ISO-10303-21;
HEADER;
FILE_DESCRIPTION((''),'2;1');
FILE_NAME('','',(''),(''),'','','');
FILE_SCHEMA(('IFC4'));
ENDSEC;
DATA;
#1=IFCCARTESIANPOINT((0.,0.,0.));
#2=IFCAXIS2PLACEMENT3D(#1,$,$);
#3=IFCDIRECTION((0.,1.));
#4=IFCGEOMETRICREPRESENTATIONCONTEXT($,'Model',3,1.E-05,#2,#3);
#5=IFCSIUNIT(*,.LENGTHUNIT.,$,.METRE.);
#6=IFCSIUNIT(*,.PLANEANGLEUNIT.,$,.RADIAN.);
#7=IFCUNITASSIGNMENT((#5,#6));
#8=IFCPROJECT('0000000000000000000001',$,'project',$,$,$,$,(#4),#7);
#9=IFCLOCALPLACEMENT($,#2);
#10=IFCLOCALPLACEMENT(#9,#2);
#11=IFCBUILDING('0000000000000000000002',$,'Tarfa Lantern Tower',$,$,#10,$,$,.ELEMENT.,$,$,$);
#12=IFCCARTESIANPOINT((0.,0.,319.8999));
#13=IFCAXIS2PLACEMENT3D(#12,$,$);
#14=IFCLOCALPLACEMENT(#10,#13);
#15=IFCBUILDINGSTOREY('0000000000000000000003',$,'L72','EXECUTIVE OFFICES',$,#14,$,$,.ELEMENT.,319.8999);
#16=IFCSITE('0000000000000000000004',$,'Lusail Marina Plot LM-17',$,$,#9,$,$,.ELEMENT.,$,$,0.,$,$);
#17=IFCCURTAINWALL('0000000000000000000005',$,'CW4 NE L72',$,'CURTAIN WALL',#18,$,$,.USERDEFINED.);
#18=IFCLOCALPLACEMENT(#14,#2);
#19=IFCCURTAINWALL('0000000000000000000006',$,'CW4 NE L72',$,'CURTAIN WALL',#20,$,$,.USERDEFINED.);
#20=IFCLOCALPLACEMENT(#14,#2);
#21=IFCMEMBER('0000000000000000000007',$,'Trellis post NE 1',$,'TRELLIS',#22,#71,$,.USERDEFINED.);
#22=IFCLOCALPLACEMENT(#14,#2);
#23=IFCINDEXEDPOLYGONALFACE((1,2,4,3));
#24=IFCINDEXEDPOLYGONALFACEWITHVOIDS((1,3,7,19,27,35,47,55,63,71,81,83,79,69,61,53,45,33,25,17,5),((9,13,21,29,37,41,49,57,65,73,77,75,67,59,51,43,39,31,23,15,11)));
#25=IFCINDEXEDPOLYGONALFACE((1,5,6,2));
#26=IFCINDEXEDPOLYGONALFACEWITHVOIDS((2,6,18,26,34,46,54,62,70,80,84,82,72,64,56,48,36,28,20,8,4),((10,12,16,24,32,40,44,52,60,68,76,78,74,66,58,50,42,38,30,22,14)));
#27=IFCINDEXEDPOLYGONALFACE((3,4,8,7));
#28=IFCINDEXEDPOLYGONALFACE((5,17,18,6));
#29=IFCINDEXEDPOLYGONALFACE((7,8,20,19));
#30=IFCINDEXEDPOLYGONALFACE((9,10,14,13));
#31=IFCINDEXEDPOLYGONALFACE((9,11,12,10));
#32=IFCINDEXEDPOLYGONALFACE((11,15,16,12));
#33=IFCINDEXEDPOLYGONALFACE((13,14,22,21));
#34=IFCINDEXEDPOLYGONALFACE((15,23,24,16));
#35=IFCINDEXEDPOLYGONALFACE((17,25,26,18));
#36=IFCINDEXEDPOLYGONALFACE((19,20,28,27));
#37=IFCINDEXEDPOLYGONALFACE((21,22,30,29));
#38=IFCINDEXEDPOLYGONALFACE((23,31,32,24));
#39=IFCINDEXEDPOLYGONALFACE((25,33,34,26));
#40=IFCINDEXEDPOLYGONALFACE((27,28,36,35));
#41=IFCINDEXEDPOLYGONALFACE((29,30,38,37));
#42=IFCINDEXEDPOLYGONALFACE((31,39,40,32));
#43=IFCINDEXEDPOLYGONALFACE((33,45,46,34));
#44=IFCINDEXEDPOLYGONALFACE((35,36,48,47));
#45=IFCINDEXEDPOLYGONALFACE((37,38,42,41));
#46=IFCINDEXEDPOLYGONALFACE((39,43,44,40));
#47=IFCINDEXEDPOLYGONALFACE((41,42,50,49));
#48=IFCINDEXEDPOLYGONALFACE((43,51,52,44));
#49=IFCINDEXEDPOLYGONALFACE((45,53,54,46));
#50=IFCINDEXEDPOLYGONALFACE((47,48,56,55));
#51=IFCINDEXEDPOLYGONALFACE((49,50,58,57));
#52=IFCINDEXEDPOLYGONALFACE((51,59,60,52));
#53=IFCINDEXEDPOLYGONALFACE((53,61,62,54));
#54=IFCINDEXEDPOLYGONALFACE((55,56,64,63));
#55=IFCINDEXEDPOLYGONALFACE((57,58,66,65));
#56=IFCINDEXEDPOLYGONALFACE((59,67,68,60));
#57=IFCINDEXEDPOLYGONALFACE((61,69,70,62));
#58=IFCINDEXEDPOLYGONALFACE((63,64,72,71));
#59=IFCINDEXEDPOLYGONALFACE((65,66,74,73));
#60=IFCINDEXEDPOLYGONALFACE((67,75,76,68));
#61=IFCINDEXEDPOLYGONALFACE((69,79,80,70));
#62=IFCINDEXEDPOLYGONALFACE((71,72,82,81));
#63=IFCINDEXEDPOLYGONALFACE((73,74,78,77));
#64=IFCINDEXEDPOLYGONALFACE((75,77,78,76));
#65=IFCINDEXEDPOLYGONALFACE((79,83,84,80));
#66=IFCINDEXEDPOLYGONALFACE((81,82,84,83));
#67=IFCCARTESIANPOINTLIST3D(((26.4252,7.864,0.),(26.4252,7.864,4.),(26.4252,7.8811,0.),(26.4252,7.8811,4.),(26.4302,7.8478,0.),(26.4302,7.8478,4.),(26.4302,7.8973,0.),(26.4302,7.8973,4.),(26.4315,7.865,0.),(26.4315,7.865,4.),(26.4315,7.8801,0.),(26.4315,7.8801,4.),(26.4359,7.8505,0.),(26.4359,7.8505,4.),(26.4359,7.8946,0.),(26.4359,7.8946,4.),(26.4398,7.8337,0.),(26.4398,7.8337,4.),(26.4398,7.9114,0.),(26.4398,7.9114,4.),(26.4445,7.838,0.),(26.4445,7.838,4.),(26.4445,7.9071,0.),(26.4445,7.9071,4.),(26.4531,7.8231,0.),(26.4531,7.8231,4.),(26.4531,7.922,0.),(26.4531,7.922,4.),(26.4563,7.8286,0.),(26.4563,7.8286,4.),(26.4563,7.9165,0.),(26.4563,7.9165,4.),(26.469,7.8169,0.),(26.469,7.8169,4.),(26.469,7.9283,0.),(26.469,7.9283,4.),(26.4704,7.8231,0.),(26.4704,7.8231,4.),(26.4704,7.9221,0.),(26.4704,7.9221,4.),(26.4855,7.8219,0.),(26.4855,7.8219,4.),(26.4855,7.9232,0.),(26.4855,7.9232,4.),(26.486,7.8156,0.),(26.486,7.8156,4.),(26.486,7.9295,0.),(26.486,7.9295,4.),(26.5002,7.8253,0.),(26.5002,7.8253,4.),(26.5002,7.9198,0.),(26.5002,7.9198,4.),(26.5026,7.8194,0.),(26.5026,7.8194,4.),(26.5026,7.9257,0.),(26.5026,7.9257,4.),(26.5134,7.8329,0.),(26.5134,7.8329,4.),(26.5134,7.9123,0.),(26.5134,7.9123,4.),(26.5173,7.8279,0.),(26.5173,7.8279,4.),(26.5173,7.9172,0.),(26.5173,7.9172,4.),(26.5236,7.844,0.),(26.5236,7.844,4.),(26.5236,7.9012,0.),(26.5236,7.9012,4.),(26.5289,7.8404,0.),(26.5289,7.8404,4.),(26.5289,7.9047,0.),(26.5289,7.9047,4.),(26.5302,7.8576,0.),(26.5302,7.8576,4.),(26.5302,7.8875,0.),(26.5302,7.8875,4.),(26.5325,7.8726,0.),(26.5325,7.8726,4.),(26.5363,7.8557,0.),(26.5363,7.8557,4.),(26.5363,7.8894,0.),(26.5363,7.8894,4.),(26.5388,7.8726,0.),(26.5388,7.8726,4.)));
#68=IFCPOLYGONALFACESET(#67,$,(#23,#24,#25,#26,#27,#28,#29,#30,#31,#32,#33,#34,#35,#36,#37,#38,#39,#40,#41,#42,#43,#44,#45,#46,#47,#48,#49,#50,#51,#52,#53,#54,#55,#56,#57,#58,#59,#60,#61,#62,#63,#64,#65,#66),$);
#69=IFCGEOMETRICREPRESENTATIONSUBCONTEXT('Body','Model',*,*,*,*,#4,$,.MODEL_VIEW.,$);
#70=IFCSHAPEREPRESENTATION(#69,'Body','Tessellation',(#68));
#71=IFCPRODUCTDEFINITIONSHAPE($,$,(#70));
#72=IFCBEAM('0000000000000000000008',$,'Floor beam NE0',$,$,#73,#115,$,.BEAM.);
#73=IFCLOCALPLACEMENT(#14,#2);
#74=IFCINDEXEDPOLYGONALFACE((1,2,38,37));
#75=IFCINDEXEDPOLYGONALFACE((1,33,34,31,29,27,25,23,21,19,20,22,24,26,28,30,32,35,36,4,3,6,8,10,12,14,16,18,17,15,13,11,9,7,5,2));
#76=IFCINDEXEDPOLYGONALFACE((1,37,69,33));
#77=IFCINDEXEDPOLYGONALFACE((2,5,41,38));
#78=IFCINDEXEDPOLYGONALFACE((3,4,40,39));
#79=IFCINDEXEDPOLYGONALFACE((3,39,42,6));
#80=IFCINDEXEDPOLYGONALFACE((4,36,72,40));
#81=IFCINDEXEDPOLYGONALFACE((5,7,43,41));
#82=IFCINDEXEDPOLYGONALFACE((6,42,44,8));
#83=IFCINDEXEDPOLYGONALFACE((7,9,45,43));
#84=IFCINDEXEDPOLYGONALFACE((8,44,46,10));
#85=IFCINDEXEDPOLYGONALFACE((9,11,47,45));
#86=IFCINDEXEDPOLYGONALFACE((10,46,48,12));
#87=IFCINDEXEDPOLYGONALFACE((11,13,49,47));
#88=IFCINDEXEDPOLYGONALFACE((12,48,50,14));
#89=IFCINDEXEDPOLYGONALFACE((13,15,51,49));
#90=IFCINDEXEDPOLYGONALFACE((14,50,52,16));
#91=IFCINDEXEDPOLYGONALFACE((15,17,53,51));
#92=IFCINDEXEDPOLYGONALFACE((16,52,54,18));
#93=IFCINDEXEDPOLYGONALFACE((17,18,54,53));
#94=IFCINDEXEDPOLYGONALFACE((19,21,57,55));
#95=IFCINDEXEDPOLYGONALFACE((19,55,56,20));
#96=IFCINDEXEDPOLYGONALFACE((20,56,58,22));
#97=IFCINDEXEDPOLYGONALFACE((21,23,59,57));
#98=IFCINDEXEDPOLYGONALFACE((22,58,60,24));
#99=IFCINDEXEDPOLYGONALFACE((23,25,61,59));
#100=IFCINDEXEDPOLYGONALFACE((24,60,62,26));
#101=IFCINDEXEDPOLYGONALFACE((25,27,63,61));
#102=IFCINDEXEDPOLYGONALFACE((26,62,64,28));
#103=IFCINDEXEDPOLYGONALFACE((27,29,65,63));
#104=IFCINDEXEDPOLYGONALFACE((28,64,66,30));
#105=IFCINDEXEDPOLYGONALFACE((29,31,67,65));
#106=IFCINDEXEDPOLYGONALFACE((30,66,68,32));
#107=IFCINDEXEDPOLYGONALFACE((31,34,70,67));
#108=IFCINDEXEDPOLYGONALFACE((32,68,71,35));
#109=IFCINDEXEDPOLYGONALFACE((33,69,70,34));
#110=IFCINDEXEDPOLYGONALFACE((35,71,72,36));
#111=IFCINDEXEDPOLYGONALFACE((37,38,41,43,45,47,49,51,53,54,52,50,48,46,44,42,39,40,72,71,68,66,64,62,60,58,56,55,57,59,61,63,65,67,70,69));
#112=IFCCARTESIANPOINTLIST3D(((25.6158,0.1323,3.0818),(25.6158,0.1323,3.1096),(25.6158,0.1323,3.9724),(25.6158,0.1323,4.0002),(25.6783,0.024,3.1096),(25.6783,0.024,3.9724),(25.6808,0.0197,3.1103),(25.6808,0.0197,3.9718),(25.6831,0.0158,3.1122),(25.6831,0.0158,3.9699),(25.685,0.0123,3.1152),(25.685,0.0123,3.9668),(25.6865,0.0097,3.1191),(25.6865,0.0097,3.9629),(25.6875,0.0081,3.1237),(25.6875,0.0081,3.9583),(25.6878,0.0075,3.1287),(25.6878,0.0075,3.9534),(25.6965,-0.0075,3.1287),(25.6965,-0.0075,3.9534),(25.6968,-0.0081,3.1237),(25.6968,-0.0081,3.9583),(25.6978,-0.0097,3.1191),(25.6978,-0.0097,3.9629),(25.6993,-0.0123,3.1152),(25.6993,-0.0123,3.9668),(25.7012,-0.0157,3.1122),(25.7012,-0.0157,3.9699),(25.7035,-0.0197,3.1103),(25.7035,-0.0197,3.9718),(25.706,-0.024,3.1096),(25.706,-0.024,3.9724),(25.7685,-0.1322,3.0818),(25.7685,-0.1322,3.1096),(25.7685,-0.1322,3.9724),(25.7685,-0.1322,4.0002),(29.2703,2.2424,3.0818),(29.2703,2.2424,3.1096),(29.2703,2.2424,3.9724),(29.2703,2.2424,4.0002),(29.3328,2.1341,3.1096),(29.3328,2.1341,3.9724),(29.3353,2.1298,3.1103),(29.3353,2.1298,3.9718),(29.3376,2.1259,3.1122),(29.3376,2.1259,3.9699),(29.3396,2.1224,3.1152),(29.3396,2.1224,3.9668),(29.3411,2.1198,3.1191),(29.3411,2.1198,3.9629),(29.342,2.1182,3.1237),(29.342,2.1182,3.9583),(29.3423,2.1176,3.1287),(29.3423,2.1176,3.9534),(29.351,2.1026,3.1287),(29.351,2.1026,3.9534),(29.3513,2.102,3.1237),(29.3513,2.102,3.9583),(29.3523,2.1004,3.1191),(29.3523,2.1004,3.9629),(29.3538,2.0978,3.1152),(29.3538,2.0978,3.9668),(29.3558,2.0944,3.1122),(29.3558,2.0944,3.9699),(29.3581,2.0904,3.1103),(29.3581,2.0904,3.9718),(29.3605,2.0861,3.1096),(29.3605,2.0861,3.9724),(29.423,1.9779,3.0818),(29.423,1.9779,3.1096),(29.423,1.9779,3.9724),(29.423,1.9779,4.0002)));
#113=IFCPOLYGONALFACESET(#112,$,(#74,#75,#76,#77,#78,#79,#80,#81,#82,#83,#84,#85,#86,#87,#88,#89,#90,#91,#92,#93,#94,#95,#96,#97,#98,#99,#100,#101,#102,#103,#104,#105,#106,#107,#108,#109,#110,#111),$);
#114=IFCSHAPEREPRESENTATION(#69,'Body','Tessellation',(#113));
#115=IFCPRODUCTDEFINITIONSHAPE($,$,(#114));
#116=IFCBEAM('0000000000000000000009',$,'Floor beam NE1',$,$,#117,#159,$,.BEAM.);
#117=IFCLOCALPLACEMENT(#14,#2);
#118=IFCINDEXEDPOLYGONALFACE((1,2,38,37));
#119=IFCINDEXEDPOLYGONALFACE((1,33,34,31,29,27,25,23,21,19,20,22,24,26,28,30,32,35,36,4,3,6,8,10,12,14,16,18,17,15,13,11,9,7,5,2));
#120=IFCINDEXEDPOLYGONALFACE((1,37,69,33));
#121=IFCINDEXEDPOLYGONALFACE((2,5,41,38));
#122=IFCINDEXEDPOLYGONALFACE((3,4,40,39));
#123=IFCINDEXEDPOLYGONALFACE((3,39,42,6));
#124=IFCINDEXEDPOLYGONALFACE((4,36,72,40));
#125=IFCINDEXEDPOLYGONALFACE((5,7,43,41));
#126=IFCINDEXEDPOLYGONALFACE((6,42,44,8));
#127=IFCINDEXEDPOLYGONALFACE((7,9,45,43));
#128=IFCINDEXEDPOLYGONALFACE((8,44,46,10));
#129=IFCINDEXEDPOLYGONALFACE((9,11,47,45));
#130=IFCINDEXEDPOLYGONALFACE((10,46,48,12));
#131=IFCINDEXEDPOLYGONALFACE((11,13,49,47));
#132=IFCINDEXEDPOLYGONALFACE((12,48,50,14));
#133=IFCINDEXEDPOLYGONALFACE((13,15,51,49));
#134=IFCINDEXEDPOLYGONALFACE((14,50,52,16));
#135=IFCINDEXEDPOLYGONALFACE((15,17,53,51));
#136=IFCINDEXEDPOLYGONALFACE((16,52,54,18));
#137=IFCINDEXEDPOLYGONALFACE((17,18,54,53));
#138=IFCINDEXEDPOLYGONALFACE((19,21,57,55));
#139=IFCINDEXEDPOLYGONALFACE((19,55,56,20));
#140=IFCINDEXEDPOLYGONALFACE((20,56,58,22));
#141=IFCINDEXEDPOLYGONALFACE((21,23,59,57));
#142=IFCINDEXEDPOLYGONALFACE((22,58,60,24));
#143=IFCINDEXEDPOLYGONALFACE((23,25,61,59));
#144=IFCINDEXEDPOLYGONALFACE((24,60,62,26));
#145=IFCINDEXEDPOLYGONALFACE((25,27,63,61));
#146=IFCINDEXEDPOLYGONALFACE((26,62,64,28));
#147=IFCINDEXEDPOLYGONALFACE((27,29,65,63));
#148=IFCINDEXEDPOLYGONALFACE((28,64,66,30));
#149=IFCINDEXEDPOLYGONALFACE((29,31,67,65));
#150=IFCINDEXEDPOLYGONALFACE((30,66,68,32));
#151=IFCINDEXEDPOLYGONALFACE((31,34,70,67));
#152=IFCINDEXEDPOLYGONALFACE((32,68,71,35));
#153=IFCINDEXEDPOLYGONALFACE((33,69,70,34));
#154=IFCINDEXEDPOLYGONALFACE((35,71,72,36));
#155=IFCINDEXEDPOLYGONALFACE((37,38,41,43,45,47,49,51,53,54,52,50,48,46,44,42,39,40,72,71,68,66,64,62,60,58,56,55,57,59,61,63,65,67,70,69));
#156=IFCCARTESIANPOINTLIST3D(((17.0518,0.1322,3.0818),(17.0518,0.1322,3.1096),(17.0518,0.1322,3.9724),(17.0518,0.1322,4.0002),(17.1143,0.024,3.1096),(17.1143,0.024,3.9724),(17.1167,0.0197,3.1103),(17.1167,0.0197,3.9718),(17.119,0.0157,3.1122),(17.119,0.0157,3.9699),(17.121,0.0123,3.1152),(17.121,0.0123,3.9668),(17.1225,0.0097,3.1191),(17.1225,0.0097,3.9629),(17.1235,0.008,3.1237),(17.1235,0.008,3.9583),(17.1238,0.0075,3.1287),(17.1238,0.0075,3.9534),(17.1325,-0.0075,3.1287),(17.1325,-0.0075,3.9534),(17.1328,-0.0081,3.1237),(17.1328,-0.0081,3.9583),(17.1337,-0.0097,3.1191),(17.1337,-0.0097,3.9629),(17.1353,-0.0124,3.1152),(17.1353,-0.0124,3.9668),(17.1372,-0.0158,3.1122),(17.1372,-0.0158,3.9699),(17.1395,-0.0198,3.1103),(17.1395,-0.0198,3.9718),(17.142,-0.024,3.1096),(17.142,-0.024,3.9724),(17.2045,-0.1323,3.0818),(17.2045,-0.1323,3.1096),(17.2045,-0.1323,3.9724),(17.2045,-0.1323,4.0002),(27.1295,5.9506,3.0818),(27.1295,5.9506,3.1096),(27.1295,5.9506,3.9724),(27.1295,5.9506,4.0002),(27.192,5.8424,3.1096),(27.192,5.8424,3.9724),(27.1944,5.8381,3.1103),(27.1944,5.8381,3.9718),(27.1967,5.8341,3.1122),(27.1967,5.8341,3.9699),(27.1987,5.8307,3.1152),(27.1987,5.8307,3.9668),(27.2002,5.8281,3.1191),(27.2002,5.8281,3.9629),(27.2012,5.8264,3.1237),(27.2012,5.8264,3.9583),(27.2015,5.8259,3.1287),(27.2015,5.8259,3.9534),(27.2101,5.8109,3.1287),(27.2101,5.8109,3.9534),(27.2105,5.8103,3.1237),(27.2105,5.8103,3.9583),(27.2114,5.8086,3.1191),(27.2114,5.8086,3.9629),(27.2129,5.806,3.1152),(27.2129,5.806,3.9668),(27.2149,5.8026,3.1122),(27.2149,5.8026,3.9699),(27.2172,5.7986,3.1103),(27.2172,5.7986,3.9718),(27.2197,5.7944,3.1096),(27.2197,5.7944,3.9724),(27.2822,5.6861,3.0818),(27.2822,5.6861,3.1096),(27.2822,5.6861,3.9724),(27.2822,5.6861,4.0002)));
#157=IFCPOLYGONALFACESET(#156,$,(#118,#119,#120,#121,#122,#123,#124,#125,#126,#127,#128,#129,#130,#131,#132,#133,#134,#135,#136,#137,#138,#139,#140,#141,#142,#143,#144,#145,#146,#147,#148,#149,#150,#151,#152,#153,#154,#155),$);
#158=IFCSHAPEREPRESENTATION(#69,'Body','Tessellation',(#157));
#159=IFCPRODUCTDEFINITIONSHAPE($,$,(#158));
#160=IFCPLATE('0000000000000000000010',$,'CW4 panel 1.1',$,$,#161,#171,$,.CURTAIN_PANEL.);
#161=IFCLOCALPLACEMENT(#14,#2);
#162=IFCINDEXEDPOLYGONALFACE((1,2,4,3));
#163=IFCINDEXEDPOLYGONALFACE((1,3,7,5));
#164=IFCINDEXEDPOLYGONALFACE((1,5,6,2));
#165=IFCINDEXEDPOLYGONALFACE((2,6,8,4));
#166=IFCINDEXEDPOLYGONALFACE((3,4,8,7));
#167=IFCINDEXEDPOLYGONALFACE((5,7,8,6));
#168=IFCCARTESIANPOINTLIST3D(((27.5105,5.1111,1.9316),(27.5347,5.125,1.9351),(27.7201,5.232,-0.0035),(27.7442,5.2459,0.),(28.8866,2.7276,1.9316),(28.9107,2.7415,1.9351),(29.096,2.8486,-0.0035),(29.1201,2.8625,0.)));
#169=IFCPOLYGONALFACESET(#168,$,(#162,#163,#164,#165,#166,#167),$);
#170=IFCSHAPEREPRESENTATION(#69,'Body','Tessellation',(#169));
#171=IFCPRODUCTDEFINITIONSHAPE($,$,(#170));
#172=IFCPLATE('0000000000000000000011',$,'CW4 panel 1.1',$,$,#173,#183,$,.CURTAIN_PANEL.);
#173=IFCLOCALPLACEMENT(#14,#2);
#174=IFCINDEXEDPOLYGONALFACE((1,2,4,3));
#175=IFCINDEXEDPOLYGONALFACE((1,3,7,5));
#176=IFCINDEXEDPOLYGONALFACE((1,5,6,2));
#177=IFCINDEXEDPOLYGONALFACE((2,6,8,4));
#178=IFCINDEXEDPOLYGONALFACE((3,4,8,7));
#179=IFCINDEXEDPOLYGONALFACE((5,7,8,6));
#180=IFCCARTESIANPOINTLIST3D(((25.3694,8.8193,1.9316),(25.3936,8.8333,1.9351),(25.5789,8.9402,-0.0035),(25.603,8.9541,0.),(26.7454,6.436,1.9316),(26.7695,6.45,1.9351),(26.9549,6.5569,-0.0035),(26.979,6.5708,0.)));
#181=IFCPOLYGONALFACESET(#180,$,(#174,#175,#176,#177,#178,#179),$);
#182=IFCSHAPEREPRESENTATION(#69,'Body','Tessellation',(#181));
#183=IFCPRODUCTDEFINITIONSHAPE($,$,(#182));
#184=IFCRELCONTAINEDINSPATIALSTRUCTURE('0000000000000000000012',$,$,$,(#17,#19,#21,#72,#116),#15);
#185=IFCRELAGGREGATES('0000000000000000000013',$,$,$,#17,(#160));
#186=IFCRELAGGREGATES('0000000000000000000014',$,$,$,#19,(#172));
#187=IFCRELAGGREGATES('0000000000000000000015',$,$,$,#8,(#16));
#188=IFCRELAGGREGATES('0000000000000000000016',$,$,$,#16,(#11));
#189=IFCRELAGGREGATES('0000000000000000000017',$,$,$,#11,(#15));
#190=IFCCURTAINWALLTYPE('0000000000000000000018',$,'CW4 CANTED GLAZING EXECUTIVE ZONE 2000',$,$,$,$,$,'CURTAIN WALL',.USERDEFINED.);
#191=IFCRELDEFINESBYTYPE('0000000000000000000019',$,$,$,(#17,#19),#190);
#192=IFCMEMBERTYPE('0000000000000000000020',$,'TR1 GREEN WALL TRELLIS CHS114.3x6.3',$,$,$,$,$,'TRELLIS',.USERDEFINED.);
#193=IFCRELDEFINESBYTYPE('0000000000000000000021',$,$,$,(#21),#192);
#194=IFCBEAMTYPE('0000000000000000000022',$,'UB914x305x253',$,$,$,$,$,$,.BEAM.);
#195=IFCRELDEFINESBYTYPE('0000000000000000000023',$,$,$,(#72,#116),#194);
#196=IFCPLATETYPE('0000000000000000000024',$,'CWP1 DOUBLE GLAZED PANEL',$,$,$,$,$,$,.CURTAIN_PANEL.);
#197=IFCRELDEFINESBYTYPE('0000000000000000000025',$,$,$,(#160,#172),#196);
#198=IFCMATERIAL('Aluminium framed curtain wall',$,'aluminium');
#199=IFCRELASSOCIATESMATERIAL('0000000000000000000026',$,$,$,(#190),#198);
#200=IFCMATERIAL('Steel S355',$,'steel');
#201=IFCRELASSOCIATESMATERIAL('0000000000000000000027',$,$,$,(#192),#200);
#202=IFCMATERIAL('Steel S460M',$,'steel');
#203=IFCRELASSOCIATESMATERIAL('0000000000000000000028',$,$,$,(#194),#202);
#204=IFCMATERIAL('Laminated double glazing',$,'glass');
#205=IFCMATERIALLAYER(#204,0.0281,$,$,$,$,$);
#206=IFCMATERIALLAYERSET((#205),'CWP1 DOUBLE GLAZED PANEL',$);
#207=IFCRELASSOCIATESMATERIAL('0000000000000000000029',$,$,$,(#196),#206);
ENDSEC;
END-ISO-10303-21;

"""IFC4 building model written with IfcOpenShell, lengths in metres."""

from ifc_helpers import new_model, si_unit, direction, frame, origin, origin_2d, place, context, subcontext, project, spatial, polyline, hollow_circle, i_section, outline, extrude, material, layer, layer_set, material_profile, profile_set, type_object, element, aggregate, save


model = new_model("IFC4")

# Units and contexts
model_context = context("Model", 3, precision=1e-05, world=origin(), true_north=direction((0.0, 1.0)))
body_context = subcontext(model_context, "Body", "Model", "MODEL_VIEW")
ifc_project = project(units=[si_unit("LENGTHUNIT", "METRE"), si_unit("PLANEANGLEUNIT", "RADIAN")], contexts=[model_context])

# Site, building, storey
site_placement = place(None, origin())
site = spatial("IfcSite", under=ifc_project, at=site_placement, Name="Lusail Marina Plot LM-17", CompositionType="ELEMENT", RefElevation=0.0)
building_placement = place(site_placement, origin())
building = spatial("IfcBuilding", under=site, at=building_placement, Name="Tarfa Lantern Tower", CompositionType="ELEMENT")
storey_placement = place(building_placement, frame((0.0, 0.0, 319.8999)))
storey = spatial("IfcBuildingStorey", under=building, at=storey_placement, Name="L72", Description="EXECUTIVE OFFICES", CompositionType="ELEMENT", Elevation=319.8999)

# Curtain walls
ifc_material_1 = material(Name="Aluminium framed curtain wall", Category="aluminium")
curtain_wall_type = type_object("IfcCurtainWallType", Name="CW4 CANTED GLAZING EXECUTIVE ZONE 2000", ElementType="CURTAIN WALL", PredefinedType="USERDEFINED", material=ifc_material_1)
curtain_wall_1_placement = place(storey_placement, origin())
curtain_wall_1 = element("IfcCurtainWall", 1, at=curtain_wall_1_placement, inside=storey, type_object=curtain_wall_type, Name="CW4 NE L72", ObjectType="CURTAIN WALL", PredefinedType="USERDEFINED")
curtain_wall_2_placement = place(storey_placement, origin())
curtain_wall_2 = element("IfcCurtainWall", 2, at=curtain_wall_2_placement, inside=storey, type_object=curtain_wall_type, Name="CW4 NE L72", ObjectType="CURTAIN WALL", PredefinedType="USERDEFINED")

# Member
ifc_material_2 = material(Name="Steel S355", Category="steel")
ifc_material_profile_1 = material_profile(ifc_material_2, hollow_circle(Radius=0.0571, WallThickness=0.0063, at=origin_2d()), Name="CHS114.3x6.3")
ifc_profile_set_1 = profile_set([ifc_material_profile_1], Name="Steel S355")
member_type_1 = type_object("IfcMemberType", Name="TR1 GREEN WALL TRELLIS CHS114.3x6.3", ElementType="TRELLIS", PredefinedType="USERDEFINED", material=ifc_profile_set_1)
member_1_placement = place(storey_placement, frame((26.4817, 7.8726, 0.0), z_axis=(0.0, 0.0, 1.0), x_axis=(1.0, 0.0, 0.0)))
element("IfcMember", 3, at=member_1_placement, inside=storey, type_object=member_type_1, Name="Trellis post NE 1", ObjectType="TRELLIS", PredefinedType="USERDEFINED", context=body_context, shape_type="SweptSolid", body=[
    extrude(hollow_circle(Radius=0.0571, WallThickness=0.0063, at=origin_2d()), origin(), (0.0, 0.0, 1.0), 4.0),
])

# Beams
ifc_material_3 = material(Name="Steel S460M", Category="steel")
ifc_material_profile_2 = material_profile(ifc_material_3, i_section(OverallWidth=0.3054, OverallDepth=0.9185, WebThickness=0.0173, FlangeThickness=0.0278, FilletRadius=0.019, at=origin_2d()), Name="UB914x305x253")
ifc_profile_set_2 = profile_set([ifc_material_profile_2], Name="Steel S460M")
beam_type_1 = type_object("IfcBeamType", Name="UB914x305x253", PredefinedType="BEAM", material=ifc_profile_set_2)
beam_1_placement = place(storey_placement, frame((29.3467, 2.1101, 3.541), z_axis=(-0.866009, -0.500028, 0.0), x_axis=(0.500028, -0.866009, 0.0)))
element("IfcBeam", 4, at=beam_1_placement, inside=storey, type_object=beam_type_1, Name="Floor beam NE0", PredefinedType="BEAM", context=body_context, shape_type="SweptSolid", body=[
    extrude(i_section(OverallWidth=0.3054, OverallDepth=0.9185, WebThickness=0.0173, FlangeThickness=0.0278, FilletRadius=0.019, at=origin_2d()), origin(), (0.0, 0.0, 1.0), 4.22),
])
beam_2_placement = place(storey_placement, frame((27.2058, 5.8184, 3.541), z_axis=(-0.866024, -0.500002, 0.0), x_axis=(0.500002, -0.866024, 0.0)))
element("IfcBeam", 5, at=beam_2_placement, inside=storey, type_object=beam_type_1, Name="Floor beam NE1", PredefinedType="BEAM", context=body_context, shape_type="SweptSolid", body=[
    extrude(i_section(OverallWidth=0.3054, OverallDepth=0.9185, WebThickness=0.0173, FlangeThickness=0.0278, FilletRadius=0.019, at=origin_2d()), origin(), (0.0, 0.0, 1.0), 11.6367),
])

# Plates
ifc_material_4 = material(Name="Laminated double glazing", Category="glass")
ifc_layer_1 = layer(ifc_material_4, 0.0281)
ifc_layer_set_1 = layer_set([ifc_layer_1], Name="CWP1 DOUBLE GLAZED PANEL")
plate_type = type_object("IfcPlateType", Name="CWP1 DOUBLE GLAZED PANEL", PredefinedType="CURTAIN_PANEL", material=ifc_layer_set_1)
plate_1_placement = place(storey_placement, frame((29.1201, 2.8625, 0.0), z_axis=(0.859352, 0.496113, 0.124041), x_axis=(-0.499975, 0.86604, 0.000003)))
plate_1 = element("IfcPlate", 6, at=plate_1_placement, type_object=plate_type, Name="CW4 panel 1.1", PredefinedType="CURTAIN_PANEL", context=body_context, shape_type="SweptSolid", body=[
    extrude(outline(polyline([(0.0, 0.0), (2.752, 0.0), (2.7521, 1.9501), (-0.0001, 1.9501), (0.0, 0.0)])), origin(), (0.0, 0.0, -1.0), 0.0281),
])
aggregate(curtain_wall_1, [plate_1])
plate_2_placement = place(storey_placement, frame((26.979, 6.5708, 0.0), z_axis=(0.859344, 0.496134, 0.12401), x_axis=(-0.499994, 0.866029, 0.0)))
plate_2 = element("IfcPlate", 7, at=plate_2_placement, type_object=plate_type, Name="CW4 panel 1.1", PredefinedType="CURTAIN_PANEL", context=body_context, shape_type="SweptSolid", body=[
    extrude(outline(polyline([(0.0, 0.0), (2.752, 0.0), (2.7521, 1.9501), (0.0001, 1.9501), (0.0, 0.0)])), origin(), (0.0, 0.0, -1.0), 0.0281),
])
aggregate(curtain_wall_2, [plate_2])

save(model, "model.ifc")
